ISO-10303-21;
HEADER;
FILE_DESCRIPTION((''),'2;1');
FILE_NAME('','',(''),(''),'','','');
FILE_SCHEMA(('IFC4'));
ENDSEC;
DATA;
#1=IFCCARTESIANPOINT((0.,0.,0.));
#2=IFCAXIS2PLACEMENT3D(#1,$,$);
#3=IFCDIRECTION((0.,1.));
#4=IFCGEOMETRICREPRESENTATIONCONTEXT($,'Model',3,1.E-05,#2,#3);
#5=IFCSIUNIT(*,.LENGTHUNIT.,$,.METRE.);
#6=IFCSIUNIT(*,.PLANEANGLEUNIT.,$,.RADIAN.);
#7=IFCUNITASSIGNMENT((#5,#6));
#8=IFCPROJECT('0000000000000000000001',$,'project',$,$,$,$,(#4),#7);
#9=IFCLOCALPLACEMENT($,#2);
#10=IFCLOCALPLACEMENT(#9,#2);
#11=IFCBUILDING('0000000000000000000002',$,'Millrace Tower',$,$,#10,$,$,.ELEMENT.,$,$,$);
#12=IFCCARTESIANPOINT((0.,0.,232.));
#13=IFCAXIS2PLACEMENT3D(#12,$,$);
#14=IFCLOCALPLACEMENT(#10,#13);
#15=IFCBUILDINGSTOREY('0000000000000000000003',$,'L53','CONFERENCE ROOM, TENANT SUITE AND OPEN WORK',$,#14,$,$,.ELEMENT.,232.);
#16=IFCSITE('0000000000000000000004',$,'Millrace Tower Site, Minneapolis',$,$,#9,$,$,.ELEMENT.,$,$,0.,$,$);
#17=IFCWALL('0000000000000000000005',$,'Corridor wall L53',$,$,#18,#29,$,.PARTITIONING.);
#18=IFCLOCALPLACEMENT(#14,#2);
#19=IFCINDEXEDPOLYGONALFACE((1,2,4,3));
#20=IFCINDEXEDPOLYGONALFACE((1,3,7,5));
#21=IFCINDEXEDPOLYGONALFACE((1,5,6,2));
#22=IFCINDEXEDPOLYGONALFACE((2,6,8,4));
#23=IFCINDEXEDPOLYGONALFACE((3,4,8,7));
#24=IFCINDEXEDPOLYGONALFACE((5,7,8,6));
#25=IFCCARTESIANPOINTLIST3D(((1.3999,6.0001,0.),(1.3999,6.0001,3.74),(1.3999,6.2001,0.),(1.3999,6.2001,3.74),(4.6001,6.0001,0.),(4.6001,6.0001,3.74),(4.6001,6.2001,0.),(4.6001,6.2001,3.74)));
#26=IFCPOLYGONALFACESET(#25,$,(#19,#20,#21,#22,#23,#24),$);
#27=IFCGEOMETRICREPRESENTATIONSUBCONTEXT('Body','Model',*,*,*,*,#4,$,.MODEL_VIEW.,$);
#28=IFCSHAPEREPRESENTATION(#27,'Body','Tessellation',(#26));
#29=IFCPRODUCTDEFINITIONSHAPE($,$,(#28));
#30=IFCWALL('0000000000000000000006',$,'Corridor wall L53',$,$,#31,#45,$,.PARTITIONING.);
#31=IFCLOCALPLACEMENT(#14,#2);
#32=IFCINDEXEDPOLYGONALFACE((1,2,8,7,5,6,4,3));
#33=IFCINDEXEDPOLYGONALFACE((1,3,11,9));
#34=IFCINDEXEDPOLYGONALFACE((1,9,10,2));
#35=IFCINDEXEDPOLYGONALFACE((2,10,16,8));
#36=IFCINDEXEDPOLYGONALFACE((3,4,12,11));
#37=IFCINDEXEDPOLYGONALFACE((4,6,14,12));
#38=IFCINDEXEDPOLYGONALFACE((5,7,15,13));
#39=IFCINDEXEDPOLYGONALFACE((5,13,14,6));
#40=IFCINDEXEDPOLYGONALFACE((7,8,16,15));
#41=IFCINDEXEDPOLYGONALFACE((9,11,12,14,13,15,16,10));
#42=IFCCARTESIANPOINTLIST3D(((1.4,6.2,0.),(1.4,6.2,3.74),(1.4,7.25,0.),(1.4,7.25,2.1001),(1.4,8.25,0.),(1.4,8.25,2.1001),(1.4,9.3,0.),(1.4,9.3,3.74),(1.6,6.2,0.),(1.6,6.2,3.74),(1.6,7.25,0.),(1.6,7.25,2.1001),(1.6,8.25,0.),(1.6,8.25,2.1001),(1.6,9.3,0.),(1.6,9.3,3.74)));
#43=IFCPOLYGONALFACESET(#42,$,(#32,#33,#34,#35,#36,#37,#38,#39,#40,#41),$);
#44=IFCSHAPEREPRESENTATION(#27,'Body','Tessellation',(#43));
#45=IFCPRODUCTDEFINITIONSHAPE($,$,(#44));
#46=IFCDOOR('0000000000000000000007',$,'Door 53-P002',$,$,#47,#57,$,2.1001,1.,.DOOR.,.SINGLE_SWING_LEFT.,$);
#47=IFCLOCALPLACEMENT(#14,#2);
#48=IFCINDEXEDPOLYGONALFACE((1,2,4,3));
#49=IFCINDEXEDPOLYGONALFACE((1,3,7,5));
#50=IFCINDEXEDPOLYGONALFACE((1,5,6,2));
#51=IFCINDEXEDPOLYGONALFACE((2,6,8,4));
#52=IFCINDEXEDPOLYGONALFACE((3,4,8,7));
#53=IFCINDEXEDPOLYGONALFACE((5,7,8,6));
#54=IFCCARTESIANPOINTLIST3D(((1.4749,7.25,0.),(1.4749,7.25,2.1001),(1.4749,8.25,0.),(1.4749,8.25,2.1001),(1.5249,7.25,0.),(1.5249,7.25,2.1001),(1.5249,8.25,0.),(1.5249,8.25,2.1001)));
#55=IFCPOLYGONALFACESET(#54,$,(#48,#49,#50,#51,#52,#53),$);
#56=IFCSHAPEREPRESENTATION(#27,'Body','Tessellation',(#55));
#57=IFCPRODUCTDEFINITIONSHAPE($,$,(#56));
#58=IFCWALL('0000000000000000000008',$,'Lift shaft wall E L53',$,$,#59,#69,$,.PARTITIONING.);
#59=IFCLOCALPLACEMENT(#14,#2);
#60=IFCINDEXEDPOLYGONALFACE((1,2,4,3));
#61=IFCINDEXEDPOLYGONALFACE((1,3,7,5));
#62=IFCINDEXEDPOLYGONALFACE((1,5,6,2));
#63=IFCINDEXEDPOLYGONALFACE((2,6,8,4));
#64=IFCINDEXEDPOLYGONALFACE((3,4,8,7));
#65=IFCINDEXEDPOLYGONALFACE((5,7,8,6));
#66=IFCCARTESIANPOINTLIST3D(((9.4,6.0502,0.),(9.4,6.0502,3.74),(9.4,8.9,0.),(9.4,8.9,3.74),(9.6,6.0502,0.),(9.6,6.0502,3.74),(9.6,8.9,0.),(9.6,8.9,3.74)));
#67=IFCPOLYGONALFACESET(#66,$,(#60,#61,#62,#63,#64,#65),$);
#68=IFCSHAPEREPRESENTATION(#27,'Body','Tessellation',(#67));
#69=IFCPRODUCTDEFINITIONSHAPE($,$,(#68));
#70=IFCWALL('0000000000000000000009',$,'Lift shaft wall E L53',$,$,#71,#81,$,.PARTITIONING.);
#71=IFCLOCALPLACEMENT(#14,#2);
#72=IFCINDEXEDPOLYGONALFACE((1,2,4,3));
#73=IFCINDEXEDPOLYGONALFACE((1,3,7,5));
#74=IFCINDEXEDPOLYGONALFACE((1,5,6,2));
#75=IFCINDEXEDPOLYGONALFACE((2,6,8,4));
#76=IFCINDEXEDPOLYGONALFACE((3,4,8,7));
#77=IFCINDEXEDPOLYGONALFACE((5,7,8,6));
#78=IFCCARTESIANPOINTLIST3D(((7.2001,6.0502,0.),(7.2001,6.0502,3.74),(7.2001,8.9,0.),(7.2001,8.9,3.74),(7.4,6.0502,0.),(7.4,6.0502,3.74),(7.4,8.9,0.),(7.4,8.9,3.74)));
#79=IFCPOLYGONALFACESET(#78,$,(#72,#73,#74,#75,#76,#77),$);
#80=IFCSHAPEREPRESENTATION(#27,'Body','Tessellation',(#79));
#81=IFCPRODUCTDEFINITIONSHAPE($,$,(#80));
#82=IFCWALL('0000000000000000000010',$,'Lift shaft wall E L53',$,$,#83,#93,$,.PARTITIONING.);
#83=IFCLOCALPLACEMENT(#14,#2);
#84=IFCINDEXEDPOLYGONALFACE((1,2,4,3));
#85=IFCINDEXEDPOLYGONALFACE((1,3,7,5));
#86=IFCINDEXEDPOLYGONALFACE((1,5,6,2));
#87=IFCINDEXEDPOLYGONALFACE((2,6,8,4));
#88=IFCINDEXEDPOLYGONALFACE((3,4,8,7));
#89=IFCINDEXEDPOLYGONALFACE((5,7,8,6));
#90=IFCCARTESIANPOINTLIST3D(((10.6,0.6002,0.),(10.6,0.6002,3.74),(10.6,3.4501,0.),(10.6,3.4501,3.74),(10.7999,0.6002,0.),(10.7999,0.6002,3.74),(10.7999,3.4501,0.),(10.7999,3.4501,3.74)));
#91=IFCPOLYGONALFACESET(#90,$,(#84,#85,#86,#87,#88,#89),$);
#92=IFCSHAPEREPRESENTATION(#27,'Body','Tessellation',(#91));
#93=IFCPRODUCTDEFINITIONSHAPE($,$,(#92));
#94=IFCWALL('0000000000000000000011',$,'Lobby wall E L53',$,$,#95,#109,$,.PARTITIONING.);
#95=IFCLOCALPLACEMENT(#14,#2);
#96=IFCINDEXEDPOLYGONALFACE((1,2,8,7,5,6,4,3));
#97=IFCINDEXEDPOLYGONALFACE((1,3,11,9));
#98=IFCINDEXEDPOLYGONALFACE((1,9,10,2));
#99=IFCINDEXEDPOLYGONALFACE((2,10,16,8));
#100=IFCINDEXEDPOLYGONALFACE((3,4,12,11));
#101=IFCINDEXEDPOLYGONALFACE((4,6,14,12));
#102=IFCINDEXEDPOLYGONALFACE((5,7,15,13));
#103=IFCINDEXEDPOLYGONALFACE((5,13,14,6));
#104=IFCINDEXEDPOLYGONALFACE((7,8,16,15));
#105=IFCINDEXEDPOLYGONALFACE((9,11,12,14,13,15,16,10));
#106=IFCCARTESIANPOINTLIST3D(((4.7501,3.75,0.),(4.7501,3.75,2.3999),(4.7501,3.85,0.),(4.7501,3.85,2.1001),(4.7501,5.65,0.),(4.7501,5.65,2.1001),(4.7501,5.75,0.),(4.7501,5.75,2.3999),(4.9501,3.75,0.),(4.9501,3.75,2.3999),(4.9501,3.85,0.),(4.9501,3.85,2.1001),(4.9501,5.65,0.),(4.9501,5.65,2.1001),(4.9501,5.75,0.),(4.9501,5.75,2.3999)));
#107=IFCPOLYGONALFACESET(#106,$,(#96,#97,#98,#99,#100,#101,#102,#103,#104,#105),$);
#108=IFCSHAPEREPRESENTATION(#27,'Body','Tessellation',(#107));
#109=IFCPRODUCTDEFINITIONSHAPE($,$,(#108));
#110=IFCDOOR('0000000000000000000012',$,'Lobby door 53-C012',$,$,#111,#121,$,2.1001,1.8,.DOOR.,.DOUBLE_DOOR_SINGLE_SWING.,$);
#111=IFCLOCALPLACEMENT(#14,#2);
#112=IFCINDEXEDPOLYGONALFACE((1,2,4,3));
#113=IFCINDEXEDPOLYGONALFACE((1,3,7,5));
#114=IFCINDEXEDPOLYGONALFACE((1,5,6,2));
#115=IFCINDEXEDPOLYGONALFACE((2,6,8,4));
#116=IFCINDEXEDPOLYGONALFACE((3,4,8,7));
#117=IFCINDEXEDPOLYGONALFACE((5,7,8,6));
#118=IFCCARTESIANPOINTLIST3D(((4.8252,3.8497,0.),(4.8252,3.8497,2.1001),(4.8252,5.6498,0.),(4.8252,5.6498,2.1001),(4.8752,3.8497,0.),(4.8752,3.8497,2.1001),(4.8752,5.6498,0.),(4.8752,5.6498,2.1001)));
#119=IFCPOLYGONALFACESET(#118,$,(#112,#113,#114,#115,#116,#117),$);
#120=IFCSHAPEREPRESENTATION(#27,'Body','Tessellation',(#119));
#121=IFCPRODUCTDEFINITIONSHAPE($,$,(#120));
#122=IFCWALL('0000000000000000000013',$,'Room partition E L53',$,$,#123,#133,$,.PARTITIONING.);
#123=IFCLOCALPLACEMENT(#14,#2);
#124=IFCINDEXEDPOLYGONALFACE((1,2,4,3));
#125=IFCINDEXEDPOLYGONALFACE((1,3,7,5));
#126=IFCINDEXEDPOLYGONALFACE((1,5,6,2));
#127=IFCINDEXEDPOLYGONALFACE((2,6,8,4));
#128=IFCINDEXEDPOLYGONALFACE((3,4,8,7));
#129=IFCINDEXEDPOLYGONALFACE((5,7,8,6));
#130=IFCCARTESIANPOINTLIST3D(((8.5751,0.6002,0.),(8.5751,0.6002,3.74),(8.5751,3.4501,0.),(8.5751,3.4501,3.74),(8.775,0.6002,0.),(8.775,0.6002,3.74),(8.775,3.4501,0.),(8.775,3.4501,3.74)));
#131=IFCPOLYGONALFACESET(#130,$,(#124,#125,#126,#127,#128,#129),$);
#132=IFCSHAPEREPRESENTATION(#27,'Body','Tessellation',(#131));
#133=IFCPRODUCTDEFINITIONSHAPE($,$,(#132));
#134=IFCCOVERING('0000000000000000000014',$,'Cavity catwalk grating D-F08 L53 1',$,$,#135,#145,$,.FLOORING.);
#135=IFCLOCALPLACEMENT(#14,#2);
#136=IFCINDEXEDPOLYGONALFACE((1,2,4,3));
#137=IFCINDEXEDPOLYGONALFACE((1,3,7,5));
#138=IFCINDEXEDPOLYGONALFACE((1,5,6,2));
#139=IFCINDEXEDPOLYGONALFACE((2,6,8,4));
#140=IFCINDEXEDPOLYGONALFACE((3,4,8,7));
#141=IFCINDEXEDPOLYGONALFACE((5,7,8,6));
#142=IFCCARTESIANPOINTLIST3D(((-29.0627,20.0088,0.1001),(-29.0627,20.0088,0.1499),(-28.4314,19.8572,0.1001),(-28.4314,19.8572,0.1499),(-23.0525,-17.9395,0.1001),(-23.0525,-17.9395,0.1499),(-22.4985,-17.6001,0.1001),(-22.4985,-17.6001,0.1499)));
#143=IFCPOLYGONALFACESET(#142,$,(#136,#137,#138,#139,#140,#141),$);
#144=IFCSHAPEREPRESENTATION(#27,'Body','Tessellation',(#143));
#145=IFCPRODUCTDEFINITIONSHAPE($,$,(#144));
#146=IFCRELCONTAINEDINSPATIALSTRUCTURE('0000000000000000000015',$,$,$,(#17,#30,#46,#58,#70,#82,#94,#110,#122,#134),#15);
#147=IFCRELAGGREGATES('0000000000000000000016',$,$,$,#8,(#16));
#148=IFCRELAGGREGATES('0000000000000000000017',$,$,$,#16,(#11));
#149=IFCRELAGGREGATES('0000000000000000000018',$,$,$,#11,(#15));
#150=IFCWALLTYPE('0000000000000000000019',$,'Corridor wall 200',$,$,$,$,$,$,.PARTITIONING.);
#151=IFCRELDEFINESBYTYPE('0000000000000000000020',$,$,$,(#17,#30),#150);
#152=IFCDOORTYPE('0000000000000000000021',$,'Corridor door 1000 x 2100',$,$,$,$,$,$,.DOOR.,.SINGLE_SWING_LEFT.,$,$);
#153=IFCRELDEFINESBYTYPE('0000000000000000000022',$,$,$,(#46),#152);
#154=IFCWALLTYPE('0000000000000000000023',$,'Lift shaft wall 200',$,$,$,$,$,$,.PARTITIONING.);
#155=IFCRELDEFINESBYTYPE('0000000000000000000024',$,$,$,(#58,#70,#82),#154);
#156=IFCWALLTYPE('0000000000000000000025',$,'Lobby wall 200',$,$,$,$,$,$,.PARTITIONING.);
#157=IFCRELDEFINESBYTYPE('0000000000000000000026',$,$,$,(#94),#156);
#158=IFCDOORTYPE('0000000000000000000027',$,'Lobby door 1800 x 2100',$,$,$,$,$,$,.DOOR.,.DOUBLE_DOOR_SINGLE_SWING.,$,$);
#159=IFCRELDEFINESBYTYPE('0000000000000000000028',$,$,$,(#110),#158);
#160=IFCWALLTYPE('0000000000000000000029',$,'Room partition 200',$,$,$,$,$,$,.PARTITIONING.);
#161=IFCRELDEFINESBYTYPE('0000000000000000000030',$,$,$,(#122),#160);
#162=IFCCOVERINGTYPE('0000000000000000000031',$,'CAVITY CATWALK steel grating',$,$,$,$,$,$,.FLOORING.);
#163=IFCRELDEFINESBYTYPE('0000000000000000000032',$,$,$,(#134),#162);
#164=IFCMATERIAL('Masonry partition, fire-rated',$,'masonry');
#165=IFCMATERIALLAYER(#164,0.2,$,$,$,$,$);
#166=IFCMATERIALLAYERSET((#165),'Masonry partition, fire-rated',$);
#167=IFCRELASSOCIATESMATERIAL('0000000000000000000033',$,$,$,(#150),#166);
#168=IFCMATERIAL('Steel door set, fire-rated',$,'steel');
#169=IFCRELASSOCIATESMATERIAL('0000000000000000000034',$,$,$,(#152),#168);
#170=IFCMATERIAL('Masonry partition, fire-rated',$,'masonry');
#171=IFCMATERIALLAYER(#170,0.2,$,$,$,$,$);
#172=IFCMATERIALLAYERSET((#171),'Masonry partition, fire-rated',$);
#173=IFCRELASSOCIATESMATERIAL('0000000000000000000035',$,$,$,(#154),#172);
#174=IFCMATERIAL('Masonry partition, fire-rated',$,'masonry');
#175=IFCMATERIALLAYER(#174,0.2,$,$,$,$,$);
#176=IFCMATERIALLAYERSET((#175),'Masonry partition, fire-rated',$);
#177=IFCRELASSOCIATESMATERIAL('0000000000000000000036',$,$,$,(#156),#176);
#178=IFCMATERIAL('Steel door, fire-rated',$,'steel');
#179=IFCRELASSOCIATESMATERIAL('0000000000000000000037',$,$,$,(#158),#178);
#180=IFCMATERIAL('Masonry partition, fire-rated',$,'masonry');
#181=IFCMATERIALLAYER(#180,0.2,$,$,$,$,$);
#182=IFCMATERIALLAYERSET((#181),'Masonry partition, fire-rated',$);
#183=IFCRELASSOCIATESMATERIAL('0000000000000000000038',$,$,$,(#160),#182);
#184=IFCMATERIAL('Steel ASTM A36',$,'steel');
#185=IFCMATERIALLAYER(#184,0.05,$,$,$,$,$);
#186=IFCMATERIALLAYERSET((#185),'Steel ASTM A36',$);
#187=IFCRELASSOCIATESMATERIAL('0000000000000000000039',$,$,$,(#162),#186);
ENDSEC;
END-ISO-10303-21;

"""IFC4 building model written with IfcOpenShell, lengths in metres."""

from ifc_helpers import new_model, si_unit, direction, frame, frame_2d, origin, place, context, subcontext, project, spatial, polyline, rectangle, outline, extrude, material, layer, layer_set, type_object, element, fill, save


model = new_model("IFC4")

# Units and contexts
model_context = context("Model", 3, precision=1e-05, world=origin(), true_north=direction((0.0, 1.0)))
body_context = subcontext(model_context, "Body", "Model", "MODEL_VIEW")
ifc_project = project(units=[si_unit("LENGTHUNIT", "METRE"), si_unit("PLANEANGLEUNIT", "RADIAN")], contexts=[model_context])

# Site, building, storey
site_placement = place(None, origin())
site = spatial("IfcSite", under=ifc_project, at=site_placement, Name="Millrace Tower Site, Minneapolis", CompositionType="ELEMENT", RefElevation=0.0)
building_placement = place(site_placement, origin())
building = spatial("IfcBuilding", under=site, at=building_placement, Name="Millrace Tower", CompositionType="ELEMENT")
storey_placement = place(building_placement, frame((0.0, 0.0, 232.0)))
storey = spatial("IfcBuildingStorey", under=building, at=storey_placement, Name="L53", Description="CONFERENCE ROOM, TENANT SUITE AND OPEN WORK", CompositionType="ELEMENT", Elevation=232.0)

# Wall
ifc_material_1 = material(Name="Masonry partition, fire-rated", Category="masonry")
ifc_layer_1 = layer(ifc_material_1, 0.2)
ifc_layer_set_1 = layer_set([ifc_layer_1], Name="Masonry partition, fire-rated")
wall_type_1 = type_object("IfcWallType", Name="Corridor wall 200", PredefinedType="PARTITIONING", material=ifc_layer_set_1)
wall_1_placement = place(storey_placement, frame((1.3999, 6.1001, 0.0), z_axis=(0.0, 0.0, 1.0), x_axis=(1.0, 0.0, 0.0)))
element("IfcWall", 1, at=wall_1_placement, inside=storey, type_object=wall_type_1, Name="Corridor wall L53", PredefinedType="PARTITIONING", context=body_context, shape_type="SweptSolid", body=[
    extrude(rectangle(XDim=3.2002, YDim=0.2, at=frame_2d((1.6001, 0.0))), origin(), (0.0, 0.0, 1.0), 3.74),
])

# Wall, opening, door
wall_2_placement = place(storey_placement, frame((1.5, 6.2, 0.0), z_axis=(0.0, 0.0, 1.0), x_axis=(0.0, 1.0, 0.0)))
wall_2 = element("IfcWall", 2, at=wall_2_placement, inside=storey, type_object=wall_type_1, Name="Corridor wall L53", PredefinedType="PARTITIONING", context=body_context, shape_type="SweptSolid", body=[
    extrude(rectangle(XDim=3.1001, YDim=0.2, at=frame_2d((1.55, 0.0))), origin(), (0.0, 0.0, 1.0), 3.74),
])
opening_1_placement = place(wall_2_placement, frame((1.05, 0.0, 0.0)))
opening_1 = element("IfcOpeningElement", 3, at=opening_1_placement, cuts=wall_2, PredefinedType="OPENING", context=body_context, shape_type="SweptSolid", body=[
    extrude(rectangle(XDim=1.0, YDim=2.1001, at=frame_2d((0.5, 1.05))), frame((0.0, 0.1099, 0.0), z_axis=(0.0, -1.0, 0.0), x_axis=(1.0, 0.0, 0.0)), (0.0, 0.0, 1.0), 0.22),
])
ifc_material_2 = material(Name="Steel door set, fire-rated", Category="steel")
door_type_1 = type_object("IfcDoorType", Name="Corridor door 1000 x 2100", OperationType="SINGLE_SWING_LEFT", PredefinedType="DOOR", material=ifc_material_2)
door_1_placement = place(opening_1_placement, frame((1.0, 0.0, 0.0), z_axis=(0.0, 0.0, 1.0), x_axis=(-1.0, 0.0, 0.0)))
door_1 = element("IfcDoor", 4, at=door_1_placement, inside=storey, type_object=door_type_1, Name="Door 53-P002", OperationType="SINGLE_SWING_LEFT", OverallHeight=2.1001, OverallWidth=1.0, PredefinedType="DOOR", context=body_context, shape_type="SweptSolid", body=[
    extrude(rectangle(XDim=1.0, YDim=2.1001, at=frame_2d((0.5, 1.05))), frame((0.0, 0.0249, 0.0), z_axis=(0.0, -1.0, 0.0), x_axis=(1.0, 0.0, 0.0)), (0.0, 0.0, 1.0), 0.05),
])
fill(opening_1, door_1)

# Walls
ifc_material_3 = material(Name="Masonry partition, fire-rated", Category="masonry")
ifc_layer_2 = layer(ifc_material_3, 0.2)
ifc_layer_set_2 = layer_set([ifc_layer_2], Name="Masonry partition, fire-rated")
wall_type_2 = type_object("IfcWallType", Name="Lift shaft wall 200", PredefinedType="PARTITIONING", material=ifc_layer_set_2)
for number, where, z_axis, x_axis, name in (
    (5, (9.5, 8.8999, 0.0), (0.0, 0.0, 1.0), (0.0, -1.0, 0.0), "Lift shaft wall E L53"),
    (6, (7.3, 8.8999, 0.0), (0.0, 0.0, 1.0), (0.0, -1.0, 0.0), "Lift shaft wall E L53"),
    (7, (10.7, 3.45, 0.0), (0.0, 0.0, 1.0), (0.0, -1.0, 0.0), "Lift shaft wall E L53"),
):
    element("IfcWall", number, at=place(storey_placement, frame(where, z_axis=z_axis, x_axis=x_axis)), inside=storey, type_object=wall_type_2, Name=name, PredefinedType="PARTITIONING", context=body_context, shape_type="SweptSolid", body=[
        extrude(rectangle(XDim=2.8499, YDim=0.2, at=frame_2d((1.4248, 0.0))), origin(), (0.0, 0.0, 1.0), 3.74),
    ])

# Wall, opening, door
ifc_material_4 = material(Name="Masonry partition, fire-rated", Category="masonry")
ifc_layer_3 = layer(ifc_material_4, 0.2)
ifc_layer_set_3 = layer_set([ifc_layer_3], Name="Masonry partition, fire-rated")
wall_type_3 = type_object("IfcWallType", Name="Lobby wall 200", PredefinedType="PARTITIONING", material=ifc_layer_set_3)
wall_3_placement = place(storey_placement, frame((4.8501, 5.75, 0.0), z_axis=(0.0, 0.0, 1.0), x_axis=(0.0, -1.0, 0.0)))
wall_3 = element("IfcWall", 8, at=wall_3_placement, inside=storey, type_object=wall_type_3, Name="Lobby wall E L53", PredefinedType="PARTITIONING", context=body_context, shape_type="SweptSolid", body=[
    extrude(rectangle(XDim=2.0, YDim=0.2, at=frame_2d((1.0, 0.0))), origin(), (0.0, 0.0, 1.0), 2.3999),
])
opening_2_placement = place(wall_3_placement, frame((0.1001, 0.0, 0.0)))
opening_2 = element("IfcOpeningElement", 9, at=opening_2_placement, cuts=wall_3, PredefinedType="OPENING", context=body_context, shape_type="SweptSolid", body=[
    extrude(rectangle(XDim=1.8, YDim=2.1001, at=frame_2d((0.8999, 1.05))), frame((0.0, 0.1099, 0.0), z_axis=(0.0, -1.0, 0.0), x_axis=(1.0, 0.0, 0.0)), (0.0, 0.0, 1.0), 0.22),
])
ifc_material_5 = material(Name="Steel door, fire-rated", Category="steel")
door_type_2 = type_object("IfcDoorType", Name="Lobby door 1800 x 2100", OperationType="DOUBLE_DOOR_SINGLE_SWING", PredefinedType="DOOR", material=ifc_material_5)
door_2_placement = place(opening_2_placement, frame((1.8, 0.0, 0.0), z_axis=(0.0, 0.0, 1.0), x_axis=(-1.0, 0.0, 0.0)))
door_2 = element("IfcDoor", 10, at=door_2_placement, inside=storey, type_object=door_type_2, Name="Lobby door 53-C012", OperationType="DOUBLE_DOOR_SINGLE_SWING", OverallHeight=2.1001, OverallWidth=1.8, PredefinedType="DOOR", context=body_context, shape_type="SweptSolid", body=[
    extrude(rectangle(XDim=1.8, YDim=2.1001, at=frame_2d((0.8999, 1.05))), frame((0.0, 0.0249, 0.0), z_axis=(0.0, -1.0, 0.0), x_axis=(1.0, 0.0, 0.0)), (0.0, 0.0, 1.0), 0.05),
])
fill(opening_2, door_2)

# Wall
ifc_material_6 = material(Name="Masonry partition, fire-rated", Category="masonry")
ifc_layer_4 = layer(ifc_material_6, 0.2)
ifc_layer_set_4 = layer_set([ifc_layer_4], Name="Masonry partition, fire-rated")
wall_type_4 = type_object("IfcWallType", Name="Room partition 200", PredefinedType="PARTITIONING", material=ifc_layer_set_4)
wall_4_placement = place(storey_placement, frame((8.675, 3.45, 0.0), z_axis=(0.0, 0.0, 1.0), x_axis=(0.0, -1.0, 0.0)))
element("IfcWall", 11, at=wall_4_placement, inside=storey, type_object=wall_type_4, Name="Room partition E L53", PredefinedType="PARTITIONING", context=body_context, shape_type="SweptSolid", body=[
    extrude(rectangle(XDim=2.8499, YDim=0.2, at=frame_2d((1.4248, 0.0))), origin(), (0.0, 0.0, 1.0), 3.74),
])

# Covering
ifc_material_7 = material(Name="Steel ASTM A36", Category="steel")
ifc_layer_5 = layer(ifc_material_7, 0.05)
ifc_layer_set_5 = layer_set([ifc_layer_5], Name="Steel ASTM A36")
covering_type = type_object("IfcCoveringType", Name="CAVITY CATWALK steel grating", PredefinedType="FLOORING", material=ifc_layer_set_5)
covering_placement = place(storey_placement, frame((0.0, 0.0, 0.1001)))
element("IfcCovering", 12, at=covering_placement, inside=storey, type_object=covering_type, Name="Cavity catwalk grating D-F08 L53 1", PredefinedType="FLOORING", context=body_context, shape_type="SweptSolid", body=[
    extrude(outline(polyline([(-29.0627, 20.0088), (-23.0525, -17.9395), (-22.4985, -17.6001), (-28.4314, 19.8572), (-29.0627, 20.0088)])), origin(), (0.0, 0.0, 1.0), 0.0498),
])

save(model, "model.ifc")
